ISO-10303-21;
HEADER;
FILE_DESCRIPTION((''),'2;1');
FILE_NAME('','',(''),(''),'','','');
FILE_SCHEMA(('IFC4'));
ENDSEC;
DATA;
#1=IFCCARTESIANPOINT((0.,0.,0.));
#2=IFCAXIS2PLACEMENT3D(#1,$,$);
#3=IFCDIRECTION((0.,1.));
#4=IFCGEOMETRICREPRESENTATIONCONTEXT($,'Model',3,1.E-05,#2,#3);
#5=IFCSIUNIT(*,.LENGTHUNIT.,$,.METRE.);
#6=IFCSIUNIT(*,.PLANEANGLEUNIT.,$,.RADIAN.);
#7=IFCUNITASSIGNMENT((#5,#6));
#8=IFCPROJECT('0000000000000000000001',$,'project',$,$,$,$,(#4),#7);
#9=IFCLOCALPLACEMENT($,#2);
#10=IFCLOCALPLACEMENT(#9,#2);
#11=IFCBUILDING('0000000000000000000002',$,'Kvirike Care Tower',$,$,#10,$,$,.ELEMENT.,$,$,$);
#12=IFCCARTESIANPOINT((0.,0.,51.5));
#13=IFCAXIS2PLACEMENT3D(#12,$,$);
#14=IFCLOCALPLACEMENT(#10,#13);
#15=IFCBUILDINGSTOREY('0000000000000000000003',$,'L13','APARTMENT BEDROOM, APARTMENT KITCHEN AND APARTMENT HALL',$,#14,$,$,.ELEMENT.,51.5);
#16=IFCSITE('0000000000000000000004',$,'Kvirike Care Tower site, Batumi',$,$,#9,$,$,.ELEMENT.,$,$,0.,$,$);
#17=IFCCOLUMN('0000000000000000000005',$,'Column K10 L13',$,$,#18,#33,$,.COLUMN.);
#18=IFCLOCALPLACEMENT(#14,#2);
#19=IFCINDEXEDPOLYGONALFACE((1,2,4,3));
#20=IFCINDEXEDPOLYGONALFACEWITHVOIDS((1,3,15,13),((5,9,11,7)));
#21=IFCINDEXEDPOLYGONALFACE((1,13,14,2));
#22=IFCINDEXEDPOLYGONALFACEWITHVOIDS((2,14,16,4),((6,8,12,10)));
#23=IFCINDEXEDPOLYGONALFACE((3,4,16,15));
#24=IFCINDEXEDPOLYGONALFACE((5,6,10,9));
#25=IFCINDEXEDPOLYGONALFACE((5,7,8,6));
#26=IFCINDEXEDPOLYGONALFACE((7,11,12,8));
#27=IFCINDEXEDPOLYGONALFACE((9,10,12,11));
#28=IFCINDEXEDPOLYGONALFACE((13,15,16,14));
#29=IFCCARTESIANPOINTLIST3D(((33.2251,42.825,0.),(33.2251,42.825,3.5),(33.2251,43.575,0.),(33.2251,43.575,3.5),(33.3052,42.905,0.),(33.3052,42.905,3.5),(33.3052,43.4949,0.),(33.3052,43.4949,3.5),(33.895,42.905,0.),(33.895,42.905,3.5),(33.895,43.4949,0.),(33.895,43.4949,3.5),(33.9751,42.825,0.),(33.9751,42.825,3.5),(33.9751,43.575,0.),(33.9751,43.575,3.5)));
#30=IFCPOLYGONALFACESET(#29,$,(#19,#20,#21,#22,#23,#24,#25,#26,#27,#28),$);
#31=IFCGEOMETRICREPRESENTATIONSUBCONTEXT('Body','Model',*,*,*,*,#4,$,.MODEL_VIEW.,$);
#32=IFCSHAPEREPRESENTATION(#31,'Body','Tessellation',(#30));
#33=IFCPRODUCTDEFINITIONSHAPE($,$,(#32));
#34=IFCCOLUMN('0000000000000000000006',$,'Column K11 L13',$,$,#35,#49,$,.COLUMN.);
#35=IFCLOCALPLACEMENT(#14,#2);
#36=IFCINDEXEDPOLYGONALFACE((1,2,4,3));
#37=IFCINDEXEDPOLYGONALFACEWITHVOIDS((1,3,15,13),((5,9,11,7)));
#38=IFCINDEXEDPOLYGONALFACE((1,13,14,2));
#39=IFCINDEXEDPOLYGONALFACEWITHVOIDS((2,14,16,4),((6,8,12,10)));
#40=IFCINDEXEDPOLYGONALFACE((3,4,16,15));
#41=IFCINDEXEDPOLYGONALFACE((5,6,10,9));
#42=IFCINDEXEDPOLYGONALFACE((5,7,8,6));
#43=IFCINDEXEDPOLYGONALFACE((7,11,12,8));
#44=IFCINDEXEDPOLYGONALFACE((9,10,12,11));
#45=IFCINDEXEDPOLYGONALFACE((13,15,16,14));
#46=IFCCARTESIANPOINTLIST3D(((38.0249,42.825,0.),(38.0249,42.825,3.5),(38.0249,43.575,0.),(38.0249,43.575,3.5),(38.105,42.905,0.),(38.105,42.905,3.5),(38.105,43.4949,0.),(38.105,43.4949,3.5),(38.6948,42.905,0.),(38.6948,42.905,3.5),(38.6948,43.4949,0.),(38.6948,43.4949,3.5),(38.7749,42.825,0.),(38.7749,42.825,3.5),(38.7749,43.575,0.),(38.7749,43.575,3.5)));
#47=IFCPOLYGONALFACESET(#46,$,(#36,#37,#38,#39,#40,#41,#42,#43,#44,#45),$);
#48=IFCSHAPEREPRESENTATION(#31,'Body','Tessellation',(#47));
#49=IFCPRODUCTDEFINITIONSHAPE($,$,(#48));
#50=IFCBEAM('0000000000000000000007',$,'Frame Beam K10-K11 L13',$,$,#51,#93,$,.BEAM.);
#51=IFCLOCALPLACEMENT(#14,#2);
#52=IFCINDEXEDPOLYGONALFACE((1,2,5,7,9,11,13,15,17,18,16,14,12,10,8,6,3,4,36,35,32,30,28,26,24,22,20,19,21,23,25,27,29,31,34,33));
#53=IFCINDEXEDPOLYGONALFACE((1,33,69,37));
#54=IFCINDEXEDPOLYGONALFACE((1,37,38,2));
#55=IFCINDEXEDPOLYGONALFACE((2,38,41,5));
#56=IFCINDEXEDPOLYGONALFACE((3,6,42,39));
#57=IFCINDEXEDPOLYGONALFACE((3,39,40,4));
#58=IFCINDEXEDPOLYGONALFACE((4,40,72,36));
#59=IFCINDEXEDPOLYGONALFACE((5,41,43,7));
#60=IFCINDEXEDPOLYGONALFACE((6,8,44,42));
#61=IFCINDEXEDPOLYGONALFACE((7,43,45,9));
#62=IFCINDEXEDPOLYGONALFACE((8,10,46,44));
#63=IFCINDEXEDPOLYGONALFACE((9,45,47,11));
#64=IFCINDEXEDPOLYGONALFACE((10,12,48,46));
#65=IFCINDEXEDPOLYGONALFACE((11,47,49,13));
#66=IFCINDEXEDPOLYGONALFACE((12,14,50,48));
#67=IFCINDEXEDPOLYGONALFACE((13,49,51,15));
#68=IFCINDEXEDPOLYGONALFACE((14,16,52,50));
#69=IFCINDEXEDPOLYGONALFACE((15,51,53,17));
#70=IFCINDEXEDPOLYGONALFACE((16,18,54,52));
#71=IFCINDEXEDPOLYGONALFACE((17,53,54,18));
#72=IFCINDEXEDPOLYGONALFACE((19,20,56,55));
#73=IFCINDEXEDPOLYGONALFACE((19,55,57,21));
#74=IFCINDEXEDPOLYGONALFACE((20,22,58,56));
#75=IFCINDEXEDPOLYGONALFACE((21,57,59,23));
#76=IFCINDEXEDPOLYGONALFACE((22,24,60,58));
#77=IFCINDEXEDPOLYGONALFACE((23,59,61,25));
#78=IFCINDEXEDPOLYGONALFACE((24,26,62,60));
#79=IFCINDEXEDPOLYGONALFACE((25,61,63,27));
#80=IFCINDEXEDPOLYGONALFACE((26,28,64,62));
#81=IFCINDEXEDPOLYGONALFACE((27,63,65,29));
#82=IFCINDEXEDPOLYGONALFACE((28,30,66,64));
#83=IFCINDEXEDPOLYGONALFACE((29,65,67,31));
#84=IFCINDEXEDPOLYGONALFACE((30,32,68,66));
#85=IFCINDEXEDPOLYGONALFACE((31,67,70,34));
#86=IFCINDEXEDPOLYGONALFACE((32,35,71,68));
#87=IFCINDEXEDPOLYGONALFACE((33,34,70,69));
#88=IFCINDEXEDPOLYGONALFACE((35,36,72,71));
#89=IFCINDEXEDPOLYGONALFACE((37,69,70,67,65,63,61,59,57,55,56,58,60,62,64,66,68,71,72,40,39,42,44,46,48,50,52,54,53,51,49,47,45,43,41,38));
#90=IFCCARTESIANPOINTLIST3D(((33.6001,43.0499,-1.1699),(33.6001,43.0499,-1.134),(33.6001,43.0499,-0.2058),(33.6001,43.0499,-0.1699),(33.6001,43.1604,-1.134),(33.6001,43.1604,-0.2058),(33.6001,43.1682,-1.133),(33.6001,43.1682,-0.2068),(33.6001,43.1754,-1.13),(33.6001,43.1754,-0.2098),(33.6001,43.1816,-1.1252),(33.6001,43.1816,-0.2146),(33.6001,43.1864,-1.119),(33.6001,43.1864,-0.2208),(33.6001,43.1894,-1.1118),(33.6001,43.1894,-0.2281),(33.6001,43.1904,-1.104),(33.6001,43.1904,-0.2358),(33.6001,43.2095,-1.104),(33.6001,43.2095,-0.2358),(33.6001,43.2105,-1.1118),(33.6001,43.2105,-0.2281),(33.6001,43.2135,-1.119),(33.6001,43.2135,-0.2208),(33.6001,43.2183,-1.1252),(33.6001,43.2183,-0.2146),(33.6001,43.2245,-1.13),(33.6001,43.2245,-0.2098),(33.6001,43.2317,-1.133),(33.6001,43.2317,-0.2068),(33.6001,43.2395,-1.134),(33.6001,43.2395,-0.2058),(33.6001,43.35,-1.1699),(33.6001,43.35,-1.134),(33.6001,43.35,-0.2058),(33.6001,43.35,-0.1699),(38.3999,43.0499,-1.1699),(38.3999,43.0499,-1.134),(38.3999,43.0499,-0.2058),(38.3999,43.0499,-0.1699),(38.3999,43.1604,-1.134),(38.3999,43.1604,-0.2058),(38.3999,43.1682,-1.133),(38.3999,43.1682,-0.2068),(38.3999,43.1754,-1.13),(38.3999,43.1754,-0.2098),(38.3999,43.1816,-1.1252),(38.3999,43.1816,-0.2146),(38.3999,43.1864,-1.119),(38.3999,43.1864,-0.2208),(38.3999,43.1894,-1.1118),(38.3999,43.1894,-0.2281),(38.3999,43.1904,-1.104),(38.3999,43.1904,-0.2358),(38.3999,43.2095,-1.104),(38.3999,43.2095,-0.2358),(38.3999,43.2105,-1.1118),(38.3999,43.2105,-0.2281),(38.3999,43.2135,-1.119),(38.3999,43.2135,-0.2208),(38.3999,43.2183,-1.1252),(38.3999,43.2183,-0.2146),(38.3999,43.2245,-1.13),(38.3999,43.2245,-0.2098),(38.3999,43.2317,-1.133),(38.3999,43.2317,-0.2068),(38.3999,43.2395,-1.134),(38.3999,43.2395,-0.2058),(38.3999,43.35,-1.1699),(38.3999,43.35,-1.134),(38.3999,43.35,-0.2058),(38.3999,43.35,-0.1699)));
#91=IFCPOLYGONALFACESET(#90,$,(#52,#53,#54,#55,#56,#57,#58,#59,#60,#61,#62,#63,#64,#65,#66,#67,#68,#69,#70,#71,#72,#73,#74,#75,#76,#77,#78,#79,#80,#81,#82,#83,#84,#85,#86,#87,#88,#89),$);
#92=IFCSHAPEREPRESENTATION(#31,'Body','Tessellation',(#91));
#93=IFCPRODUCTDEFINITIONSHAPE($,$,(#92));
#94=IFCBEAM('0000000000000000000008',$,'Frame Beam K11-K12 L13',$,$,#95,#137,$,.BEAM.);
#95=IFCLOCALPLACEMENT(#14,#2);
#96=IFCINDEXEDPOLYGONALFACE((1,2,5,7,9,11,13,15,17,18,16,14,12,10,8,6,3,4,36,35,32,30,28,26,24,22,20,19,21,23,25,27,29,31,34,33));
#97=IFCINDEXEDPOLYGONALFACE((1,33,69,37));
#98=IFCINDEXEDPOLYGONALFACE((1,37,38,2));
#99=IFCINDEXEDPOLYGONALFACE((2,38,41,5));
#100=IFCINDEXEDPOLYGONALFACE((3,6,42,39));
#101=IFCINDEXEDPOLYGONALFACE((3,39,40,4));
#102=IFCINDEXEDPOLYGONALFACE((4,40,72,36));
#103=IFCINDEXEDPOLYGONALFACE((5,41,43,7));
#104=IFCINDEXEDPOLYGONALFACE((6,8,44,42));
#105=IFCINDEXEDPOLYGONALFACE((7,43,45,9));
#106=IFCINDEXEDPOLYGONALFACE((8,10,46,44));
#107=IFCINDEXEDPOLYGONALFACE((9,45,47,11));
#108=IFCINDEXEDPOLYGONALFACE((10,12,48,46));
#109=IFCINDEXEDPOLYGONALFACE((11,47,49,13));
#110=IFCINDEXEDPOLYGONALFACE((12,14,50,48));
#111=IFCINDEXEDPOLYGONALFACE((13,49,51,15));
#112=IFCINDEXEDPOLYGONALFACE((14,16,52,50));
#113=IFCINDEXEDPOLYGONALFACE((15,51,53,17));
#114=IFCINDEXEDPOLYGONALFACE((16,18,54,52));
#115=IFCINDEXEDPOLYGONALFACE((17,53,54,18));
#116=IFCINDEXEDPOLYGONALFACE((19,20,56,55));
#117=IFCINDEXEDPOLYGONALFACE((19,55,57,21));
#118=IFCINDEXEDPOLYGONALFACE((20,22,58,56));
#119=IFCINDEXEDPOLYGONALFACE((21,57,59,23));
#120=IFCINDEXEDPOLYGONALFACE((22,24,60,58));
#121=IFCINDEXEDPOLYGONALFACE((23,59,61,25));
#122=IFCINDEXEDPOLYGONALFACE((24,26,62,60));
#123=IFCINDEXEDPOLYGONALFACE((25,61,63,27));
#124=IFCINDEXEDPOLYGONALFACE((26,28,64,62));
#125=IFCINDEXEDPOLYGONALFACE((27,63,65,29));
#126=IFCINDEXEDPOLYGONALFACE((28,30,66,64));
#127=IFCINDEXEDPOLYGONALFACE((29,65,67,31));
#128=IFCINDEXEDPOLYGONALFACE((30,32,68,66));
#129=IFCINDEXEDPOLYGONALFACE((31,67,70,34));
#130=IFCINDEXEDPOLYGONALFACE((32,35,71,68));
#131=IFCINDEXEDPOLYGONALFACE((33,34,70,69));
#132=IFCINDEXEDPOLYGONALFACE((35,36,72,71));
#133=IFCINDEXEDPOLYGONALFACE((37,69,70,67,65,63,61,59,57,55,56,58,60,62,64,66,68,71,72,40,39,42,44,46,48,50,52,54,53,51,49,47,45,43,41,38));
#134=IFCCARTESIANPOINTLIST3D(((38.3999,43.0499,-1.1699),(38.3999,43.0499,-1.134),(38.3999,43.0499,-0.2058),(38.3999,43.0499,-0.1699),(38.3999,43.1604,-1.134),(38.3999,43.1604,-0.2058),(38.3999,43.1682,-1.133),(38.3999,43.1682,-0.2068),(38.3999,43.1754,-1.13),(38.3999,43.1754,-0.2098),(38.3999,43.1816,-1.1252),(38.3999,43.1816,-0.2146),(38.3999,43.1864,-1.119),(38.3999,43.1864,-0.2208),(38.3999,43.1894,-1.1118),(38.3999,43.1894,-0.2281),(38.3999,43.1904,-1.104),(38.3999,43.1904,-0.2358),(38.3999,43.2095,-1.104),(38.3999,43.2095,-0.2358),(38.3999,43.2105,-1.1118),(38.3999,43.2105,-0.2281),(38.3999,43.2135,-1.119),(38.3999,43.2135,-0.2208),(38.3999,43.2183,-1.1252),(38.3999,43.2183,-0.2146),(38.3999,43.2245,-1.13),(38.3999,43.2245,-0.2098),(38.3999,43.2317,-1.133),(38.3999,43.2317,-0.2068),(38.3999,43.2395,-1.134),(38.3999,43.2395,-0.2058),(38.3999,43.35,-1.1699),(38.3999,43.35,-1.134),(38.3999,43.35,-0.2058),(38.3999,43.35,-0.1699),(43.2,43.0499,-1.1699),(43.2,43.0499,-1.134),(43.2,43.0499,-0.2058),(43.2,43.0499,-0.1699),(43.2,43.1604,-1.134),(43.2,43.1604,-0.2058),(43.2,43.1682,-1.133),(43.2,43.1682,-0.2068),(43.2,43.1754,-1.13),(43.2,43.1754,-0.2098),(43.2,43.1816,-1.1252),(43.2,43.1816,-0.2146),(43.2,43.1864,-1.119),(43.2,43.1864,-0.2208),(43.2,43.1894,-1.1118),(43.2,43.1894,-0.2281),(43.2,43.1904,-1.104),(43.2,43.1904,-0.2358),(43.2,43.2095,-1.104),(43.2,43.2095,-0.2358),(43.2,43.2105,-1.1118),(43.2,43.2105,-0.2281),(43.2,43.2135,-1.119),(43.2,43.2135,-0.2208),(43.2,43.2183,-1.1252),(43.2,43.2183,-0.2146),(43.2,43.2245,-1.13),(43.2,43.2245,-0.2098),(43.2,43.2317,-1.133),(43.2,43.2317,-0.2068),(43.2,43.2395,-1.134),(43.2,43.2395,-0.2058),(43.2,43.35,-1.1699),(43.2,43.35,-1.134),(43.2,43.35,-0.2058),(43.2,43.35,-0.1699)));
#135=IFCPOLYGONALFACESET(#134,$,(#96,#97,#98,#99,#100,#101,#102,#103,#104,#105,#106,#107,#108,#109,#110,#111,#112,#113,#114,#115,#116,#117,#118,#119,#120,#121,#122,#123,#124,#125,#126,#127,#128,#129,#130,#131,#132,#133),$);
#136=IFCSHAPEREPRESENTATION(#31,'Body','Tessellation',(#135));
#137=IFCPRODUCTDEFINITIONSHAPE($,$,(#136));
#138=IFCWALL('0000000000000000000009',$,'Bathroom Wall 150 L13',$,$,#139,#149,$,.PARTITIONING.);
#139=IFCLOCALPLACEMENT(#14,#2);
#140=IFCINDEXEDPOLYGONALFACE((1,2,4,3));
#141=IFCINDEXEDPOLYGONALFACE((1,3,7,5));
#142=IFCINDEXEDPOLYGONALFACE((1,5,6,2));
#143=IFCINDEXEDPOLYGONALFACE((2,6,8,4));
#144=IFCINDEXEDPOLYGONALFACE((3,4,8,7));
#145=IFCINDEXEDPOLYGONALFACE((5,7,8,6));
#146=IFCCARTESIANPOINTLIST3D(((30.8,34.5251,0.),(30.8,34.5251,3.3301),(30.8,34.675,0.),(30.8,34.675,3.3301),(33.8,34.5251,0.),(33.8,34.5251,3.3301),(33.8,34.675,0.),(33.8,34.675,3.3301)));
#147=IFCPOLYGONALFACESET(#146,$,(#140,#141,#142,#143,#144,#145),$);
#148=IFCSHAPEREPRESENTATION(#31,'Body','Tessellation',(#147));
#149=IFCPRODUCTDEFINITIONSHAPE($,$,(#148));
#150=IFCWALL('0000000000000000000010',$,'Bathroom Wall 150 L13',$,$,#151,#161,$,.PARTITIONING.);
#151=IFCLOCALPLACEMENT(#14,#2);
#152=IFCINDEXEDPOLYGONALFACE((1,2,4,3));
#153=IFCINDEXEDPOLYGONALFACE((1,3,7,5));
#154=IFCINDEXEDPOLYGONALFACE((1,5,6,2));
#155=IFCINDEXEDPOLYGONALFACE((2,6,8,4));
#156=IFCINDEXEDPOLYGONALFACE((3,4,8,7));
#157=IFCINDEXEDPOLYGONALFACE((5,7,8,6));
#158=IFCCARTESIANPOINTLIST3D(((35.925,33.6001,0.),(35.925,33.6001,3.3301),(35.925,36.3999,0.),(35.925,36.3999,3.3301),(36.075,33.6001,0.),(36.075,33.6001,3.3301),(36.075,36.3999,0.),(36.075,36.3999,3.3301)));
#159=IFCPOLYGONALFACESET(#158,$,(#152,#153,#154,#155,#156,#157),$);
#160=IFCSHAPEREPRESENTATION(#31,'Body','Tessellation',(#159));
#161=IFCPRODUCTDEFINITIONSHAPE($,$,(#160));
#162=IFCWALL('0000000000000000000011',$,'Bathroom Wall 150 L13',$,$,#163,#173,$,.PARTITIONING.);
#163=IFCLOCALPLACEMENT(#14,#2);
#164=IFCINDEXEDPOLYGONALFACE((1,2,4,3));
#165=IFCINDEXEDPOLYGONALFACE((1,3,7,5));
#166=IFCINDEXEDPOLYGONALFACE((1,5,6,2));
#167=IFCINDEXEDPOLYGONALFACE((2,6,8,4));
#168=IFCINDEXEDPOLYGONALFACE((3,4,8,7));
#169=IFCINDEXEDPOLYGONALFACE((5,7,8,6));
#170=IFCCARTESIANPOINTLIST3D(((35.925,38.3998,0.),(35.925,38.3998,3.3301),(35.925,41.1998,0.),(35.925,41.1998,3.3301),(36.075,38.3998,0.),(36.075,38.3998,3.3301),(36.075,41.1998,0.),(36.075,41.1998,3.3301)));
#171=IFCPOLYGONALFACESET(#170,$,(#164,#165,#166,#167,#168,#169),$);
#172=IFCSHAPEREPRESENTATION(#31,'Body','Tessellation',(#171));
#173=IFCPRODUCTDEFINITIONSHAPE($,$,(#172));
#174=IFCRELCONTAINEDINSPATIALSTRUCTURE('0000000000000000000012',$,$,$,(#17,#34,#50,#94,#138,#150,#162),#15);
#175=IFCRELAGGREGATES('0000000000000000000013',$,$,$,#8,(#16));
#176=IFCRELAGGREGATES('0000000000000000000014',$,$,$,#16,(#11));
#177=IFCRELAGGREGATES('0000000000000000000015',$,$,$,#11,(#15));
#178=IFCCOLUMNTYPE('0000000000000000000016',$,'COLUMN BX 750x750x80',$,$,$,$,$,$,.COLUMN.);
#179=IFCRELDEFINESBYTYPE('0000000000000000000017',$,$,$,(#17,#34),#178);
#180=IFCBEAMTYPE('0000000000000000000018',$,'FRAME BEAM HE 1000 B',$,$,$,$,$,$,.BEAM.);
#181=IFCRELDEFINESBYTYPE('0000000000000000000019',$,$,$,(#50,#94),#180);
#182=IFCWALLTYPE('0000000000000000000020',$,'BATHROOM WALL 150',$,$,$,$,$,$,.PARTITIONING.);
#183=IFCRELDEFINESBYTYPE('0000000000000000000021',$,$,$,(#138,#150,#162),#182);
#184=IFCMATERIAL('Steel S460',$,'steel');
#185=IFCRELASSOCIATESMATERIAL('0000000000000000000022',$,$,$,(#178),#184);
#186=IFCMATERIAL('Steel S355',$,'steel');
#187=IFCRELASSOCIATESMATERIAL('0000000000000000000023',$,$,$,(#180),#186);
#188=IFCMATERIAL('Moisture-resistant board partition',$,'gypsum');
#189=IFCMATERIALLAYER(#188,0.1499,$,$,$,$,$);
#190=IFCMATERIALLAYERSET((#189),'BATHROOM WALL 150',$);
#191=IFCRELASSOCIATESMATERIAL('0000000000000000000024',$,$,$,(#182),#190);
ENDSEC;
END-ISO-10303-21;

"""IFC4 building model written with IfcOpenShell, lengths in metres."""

from ifc_helpers import new_model, si_unit, direction, frame, frame_2d, origin, origin_2d, place, context, subcontext, project, spatial, rectangle, hollow_rectangle, i_section, extrude, material, layer, layer_set, material_profile, profile_set, type_object, element, save


model = new_model("IFC4")

# Units and contexts
model_context = context("Model", 3, precision=1e-05, world=origin(), true_north=direction((0.0, 1.0)))
body_context = subcontext(model_context, "Body", "Model", "MODEL_VIEW")
ifc_project = project(units=[si_unit("LENGTHUNIT", "METRE"), si_unit("PLANEANGLEUNIT", "RADIAN")], contexts=[model_context])

# Site, building, storey
site_placement = place(None, origin())
site = spatial("IfcSite", under=ifc_project, at=site_placement, Name="Kvirike Care Tower site, Batumi", CompositionType="ELEMENT", RefElevation=0.0)
building_placement = place(site_placement, origin())
building = spatial("IfcBuilding", under=site, at=building_placement, Name="Kvirike Care Tower", CompositionType="ELEMENT")
storey_placement = place(building_placement, frame((0.0, 0.0, 51.5)))
storey = spatial("IfcBuildingStorey", under=building, at=storey_placement, Name="L13", Description="APARTMENT BEDROOM, APARTMENT KITCHEN AND APARTMENT HALL", CompositionType="ELEMENT", Elevation=51.5)

# Columns
ifc_material_1 = material(Name="Steel S460", Category="steel")
ifc_material_profile_1 = material_profile(ifc_material_1, hollow_rectangle(XDim=0.75, YDim=0.75, WallThickness=0.0801, at=origin_2d()), Name="BX 750x750x80")
ifc_profile_set_1 = profile_set([ifc_material_profile_1], Name="Steel S460")
column_type = type_object("IfcColumnType", Name="COLUMN BX 750x750x80", PredefinedType="COLUMN", material=ifc_profile_set_1)
for number, where, z_axis, x_axis, name in (
    (1, (33.6001, 43.2, 0.0), (0.0, 0.0, 1.0), (0.0, 1.0, 0.0), "Column K10 L13"),
    (2, (38.3999, 43.2, 0.0), (0.0, 0.0, 1.0), (0.0, 1.0, 0.0), "Column K11 L13"),
):
    element("IfcColumn", number, at=place(storey_placement, frame(where, z_axis=z_axis, x_axis=x_axis)), inside=storey, type_object=column_type, Name=name, PredefinedType="COLUMN", context=body_context, shape_type="SweptSolid", body=[
        extrude(hollow_rectangle(XDim=0.75, YDim=0.75, WallThickness=0.0801, at=origin_2d()), origin(), (0.0, 0.0, 1.0), 3.5),
    ])

# Beams
ifc_material_2 = material(Name="Steel S355", Category="steel")
ifc_material_profile_2 = material_profile(ifc_material_2, i_section(OverallWidth=0.3, OverallDepth=1.0, WebThickness=0.019, FlangeThickness=0.0359, FilletRadius=0.03, at=origin_2d()), Name="HE 1000 B")
ifc_profile_set_2 = profile_set([ifc_material_profile_2], Name="Steel S355")
beam_type = type_object("IfcBeamType", Name="FRAME BEAM HE 1000 B", PredefinedType="BEAM", material=ifc_profile_set_2)
beam_1_placement = place(storey_placement, frame((33.6001, 43.2, -0.6699), z_axis=(1.0, 0.0, 0.0), x_axis=(0.0, 1.0, 0.0)))
element("IfcBeam", 3, at=beam_1_placement, inside=storey, type_object=beam_type, Name="Frame Beam K10-K11 L13", PredefinedType="BEAM", context=body_context, shape_type="SweptSolid", body=[
    extrude(i_section(OverallWidth=0.3, OverallDepth=1.0, WebThickness=0.019, FlangeThickness=0.0359, FilletRadius=0.03, at=origin_2d()), origin(), (0.0, 0.0, 1.0), 4.7998),
])
beam_2_placement = place(storey_placement, frame((38.3999, 43.2, -0.6699), z_axis=(1.0, 0.0, 0.0), x_axis=(0.0, 1.0, 0.0)))
element("IfcBeam", 4, at=beam_2_placement, inside=storey, type_object=beam_type, Name="Frame Beam K11-K12 L13", PredefinedType="BEAM", context=body_context, shape_type="SweptSolid", body=[
    extrude(i_section(OverallWidth=0.3, OverallDepth=1.0, WebThickness=0.019, FlangeThickness=0.0359, FilletRadius=0.03, at=origin_2d()), origin(), (0.0, 0.0, 1.0), 4.8),
])

# Walls
ifc_material_3 = material(Name="Moisture-resistant board partition", Category="gypsum")
ifc_layer_1 = layer(ifc_material_3, 0.1499)
ifc_layer_set_1 = layer_set([ifc_layer_1], Name="BATHROOM WALL 150")
wall_type_1 = type_object("IfcWallType", Name="BATHROOM WALL 150", PredefinedType="PARTITIONING", material=ifc_layer_set_1)
wall_1_placement = place(storey_placement, frame((33.8, 34.6001, 0.0), z_axis=(0.0, 0.0, 1.0), x_axis=(-1.0, 0.0, 0.0)))
element("IfcWall", 5, at=wall_1_placement, inside=storey, type_object=wall_type_1, Name="Bathroom Wall 150 L13", PredefinedType="PARTITIONING", context=body_context, shape_type="SweptSolid", body=[
    extrude(rectangle(XDim=3.0, YDim=0.1499, at=frame_2d((1.5, 0.0))), origin(), (0.0, 0.0, 1.0), 3.3301),
])
wall_2_placement = place(storey_placement, frame((36.0, 33.6001, 0.0), z_axis=(0.0, 0.0, 1.0), x_axis=(0.0, 1.0, 0.0)))
element("IfcWall", 6, at=wall_2_placement, inside=storey, type_object=wall_type_1, Name="Bathroom Wall 150 L13", PredefinedType="PARTITIONING", context=body_context, shape_type="SweptSolid", body=[
    extrude(rectangle(XDim=2.7998, YDim=0.1499, at=frame_2d((1.3999, 0.0))), origin(), (0.0, 0.0, 1.0), 3.3301),
])
wall_3_placement = place(storey_placement, frame((36.0, 38.3999, 0.0), z_axis=(0.0, 0.0, 1.0), x_axis=(0.0, 1.0, 0.0)))
element("IfcWall", 7, at=wall_3_placement, inside=storey, type_object=wall_type_1, Name="Bathroom Wall 150 L13", PredefinedType="PARTITIONING", context=body_context, shape_type="SweptSolid", body=[
    extrude(rectangle(XDim=2.8, YDim=0.1499, at=frame_2d((1.3999, 0.0))), origin(), (0.0, 0.0, 1.0), 3.3301),
])

save(model, "model.ifc")
